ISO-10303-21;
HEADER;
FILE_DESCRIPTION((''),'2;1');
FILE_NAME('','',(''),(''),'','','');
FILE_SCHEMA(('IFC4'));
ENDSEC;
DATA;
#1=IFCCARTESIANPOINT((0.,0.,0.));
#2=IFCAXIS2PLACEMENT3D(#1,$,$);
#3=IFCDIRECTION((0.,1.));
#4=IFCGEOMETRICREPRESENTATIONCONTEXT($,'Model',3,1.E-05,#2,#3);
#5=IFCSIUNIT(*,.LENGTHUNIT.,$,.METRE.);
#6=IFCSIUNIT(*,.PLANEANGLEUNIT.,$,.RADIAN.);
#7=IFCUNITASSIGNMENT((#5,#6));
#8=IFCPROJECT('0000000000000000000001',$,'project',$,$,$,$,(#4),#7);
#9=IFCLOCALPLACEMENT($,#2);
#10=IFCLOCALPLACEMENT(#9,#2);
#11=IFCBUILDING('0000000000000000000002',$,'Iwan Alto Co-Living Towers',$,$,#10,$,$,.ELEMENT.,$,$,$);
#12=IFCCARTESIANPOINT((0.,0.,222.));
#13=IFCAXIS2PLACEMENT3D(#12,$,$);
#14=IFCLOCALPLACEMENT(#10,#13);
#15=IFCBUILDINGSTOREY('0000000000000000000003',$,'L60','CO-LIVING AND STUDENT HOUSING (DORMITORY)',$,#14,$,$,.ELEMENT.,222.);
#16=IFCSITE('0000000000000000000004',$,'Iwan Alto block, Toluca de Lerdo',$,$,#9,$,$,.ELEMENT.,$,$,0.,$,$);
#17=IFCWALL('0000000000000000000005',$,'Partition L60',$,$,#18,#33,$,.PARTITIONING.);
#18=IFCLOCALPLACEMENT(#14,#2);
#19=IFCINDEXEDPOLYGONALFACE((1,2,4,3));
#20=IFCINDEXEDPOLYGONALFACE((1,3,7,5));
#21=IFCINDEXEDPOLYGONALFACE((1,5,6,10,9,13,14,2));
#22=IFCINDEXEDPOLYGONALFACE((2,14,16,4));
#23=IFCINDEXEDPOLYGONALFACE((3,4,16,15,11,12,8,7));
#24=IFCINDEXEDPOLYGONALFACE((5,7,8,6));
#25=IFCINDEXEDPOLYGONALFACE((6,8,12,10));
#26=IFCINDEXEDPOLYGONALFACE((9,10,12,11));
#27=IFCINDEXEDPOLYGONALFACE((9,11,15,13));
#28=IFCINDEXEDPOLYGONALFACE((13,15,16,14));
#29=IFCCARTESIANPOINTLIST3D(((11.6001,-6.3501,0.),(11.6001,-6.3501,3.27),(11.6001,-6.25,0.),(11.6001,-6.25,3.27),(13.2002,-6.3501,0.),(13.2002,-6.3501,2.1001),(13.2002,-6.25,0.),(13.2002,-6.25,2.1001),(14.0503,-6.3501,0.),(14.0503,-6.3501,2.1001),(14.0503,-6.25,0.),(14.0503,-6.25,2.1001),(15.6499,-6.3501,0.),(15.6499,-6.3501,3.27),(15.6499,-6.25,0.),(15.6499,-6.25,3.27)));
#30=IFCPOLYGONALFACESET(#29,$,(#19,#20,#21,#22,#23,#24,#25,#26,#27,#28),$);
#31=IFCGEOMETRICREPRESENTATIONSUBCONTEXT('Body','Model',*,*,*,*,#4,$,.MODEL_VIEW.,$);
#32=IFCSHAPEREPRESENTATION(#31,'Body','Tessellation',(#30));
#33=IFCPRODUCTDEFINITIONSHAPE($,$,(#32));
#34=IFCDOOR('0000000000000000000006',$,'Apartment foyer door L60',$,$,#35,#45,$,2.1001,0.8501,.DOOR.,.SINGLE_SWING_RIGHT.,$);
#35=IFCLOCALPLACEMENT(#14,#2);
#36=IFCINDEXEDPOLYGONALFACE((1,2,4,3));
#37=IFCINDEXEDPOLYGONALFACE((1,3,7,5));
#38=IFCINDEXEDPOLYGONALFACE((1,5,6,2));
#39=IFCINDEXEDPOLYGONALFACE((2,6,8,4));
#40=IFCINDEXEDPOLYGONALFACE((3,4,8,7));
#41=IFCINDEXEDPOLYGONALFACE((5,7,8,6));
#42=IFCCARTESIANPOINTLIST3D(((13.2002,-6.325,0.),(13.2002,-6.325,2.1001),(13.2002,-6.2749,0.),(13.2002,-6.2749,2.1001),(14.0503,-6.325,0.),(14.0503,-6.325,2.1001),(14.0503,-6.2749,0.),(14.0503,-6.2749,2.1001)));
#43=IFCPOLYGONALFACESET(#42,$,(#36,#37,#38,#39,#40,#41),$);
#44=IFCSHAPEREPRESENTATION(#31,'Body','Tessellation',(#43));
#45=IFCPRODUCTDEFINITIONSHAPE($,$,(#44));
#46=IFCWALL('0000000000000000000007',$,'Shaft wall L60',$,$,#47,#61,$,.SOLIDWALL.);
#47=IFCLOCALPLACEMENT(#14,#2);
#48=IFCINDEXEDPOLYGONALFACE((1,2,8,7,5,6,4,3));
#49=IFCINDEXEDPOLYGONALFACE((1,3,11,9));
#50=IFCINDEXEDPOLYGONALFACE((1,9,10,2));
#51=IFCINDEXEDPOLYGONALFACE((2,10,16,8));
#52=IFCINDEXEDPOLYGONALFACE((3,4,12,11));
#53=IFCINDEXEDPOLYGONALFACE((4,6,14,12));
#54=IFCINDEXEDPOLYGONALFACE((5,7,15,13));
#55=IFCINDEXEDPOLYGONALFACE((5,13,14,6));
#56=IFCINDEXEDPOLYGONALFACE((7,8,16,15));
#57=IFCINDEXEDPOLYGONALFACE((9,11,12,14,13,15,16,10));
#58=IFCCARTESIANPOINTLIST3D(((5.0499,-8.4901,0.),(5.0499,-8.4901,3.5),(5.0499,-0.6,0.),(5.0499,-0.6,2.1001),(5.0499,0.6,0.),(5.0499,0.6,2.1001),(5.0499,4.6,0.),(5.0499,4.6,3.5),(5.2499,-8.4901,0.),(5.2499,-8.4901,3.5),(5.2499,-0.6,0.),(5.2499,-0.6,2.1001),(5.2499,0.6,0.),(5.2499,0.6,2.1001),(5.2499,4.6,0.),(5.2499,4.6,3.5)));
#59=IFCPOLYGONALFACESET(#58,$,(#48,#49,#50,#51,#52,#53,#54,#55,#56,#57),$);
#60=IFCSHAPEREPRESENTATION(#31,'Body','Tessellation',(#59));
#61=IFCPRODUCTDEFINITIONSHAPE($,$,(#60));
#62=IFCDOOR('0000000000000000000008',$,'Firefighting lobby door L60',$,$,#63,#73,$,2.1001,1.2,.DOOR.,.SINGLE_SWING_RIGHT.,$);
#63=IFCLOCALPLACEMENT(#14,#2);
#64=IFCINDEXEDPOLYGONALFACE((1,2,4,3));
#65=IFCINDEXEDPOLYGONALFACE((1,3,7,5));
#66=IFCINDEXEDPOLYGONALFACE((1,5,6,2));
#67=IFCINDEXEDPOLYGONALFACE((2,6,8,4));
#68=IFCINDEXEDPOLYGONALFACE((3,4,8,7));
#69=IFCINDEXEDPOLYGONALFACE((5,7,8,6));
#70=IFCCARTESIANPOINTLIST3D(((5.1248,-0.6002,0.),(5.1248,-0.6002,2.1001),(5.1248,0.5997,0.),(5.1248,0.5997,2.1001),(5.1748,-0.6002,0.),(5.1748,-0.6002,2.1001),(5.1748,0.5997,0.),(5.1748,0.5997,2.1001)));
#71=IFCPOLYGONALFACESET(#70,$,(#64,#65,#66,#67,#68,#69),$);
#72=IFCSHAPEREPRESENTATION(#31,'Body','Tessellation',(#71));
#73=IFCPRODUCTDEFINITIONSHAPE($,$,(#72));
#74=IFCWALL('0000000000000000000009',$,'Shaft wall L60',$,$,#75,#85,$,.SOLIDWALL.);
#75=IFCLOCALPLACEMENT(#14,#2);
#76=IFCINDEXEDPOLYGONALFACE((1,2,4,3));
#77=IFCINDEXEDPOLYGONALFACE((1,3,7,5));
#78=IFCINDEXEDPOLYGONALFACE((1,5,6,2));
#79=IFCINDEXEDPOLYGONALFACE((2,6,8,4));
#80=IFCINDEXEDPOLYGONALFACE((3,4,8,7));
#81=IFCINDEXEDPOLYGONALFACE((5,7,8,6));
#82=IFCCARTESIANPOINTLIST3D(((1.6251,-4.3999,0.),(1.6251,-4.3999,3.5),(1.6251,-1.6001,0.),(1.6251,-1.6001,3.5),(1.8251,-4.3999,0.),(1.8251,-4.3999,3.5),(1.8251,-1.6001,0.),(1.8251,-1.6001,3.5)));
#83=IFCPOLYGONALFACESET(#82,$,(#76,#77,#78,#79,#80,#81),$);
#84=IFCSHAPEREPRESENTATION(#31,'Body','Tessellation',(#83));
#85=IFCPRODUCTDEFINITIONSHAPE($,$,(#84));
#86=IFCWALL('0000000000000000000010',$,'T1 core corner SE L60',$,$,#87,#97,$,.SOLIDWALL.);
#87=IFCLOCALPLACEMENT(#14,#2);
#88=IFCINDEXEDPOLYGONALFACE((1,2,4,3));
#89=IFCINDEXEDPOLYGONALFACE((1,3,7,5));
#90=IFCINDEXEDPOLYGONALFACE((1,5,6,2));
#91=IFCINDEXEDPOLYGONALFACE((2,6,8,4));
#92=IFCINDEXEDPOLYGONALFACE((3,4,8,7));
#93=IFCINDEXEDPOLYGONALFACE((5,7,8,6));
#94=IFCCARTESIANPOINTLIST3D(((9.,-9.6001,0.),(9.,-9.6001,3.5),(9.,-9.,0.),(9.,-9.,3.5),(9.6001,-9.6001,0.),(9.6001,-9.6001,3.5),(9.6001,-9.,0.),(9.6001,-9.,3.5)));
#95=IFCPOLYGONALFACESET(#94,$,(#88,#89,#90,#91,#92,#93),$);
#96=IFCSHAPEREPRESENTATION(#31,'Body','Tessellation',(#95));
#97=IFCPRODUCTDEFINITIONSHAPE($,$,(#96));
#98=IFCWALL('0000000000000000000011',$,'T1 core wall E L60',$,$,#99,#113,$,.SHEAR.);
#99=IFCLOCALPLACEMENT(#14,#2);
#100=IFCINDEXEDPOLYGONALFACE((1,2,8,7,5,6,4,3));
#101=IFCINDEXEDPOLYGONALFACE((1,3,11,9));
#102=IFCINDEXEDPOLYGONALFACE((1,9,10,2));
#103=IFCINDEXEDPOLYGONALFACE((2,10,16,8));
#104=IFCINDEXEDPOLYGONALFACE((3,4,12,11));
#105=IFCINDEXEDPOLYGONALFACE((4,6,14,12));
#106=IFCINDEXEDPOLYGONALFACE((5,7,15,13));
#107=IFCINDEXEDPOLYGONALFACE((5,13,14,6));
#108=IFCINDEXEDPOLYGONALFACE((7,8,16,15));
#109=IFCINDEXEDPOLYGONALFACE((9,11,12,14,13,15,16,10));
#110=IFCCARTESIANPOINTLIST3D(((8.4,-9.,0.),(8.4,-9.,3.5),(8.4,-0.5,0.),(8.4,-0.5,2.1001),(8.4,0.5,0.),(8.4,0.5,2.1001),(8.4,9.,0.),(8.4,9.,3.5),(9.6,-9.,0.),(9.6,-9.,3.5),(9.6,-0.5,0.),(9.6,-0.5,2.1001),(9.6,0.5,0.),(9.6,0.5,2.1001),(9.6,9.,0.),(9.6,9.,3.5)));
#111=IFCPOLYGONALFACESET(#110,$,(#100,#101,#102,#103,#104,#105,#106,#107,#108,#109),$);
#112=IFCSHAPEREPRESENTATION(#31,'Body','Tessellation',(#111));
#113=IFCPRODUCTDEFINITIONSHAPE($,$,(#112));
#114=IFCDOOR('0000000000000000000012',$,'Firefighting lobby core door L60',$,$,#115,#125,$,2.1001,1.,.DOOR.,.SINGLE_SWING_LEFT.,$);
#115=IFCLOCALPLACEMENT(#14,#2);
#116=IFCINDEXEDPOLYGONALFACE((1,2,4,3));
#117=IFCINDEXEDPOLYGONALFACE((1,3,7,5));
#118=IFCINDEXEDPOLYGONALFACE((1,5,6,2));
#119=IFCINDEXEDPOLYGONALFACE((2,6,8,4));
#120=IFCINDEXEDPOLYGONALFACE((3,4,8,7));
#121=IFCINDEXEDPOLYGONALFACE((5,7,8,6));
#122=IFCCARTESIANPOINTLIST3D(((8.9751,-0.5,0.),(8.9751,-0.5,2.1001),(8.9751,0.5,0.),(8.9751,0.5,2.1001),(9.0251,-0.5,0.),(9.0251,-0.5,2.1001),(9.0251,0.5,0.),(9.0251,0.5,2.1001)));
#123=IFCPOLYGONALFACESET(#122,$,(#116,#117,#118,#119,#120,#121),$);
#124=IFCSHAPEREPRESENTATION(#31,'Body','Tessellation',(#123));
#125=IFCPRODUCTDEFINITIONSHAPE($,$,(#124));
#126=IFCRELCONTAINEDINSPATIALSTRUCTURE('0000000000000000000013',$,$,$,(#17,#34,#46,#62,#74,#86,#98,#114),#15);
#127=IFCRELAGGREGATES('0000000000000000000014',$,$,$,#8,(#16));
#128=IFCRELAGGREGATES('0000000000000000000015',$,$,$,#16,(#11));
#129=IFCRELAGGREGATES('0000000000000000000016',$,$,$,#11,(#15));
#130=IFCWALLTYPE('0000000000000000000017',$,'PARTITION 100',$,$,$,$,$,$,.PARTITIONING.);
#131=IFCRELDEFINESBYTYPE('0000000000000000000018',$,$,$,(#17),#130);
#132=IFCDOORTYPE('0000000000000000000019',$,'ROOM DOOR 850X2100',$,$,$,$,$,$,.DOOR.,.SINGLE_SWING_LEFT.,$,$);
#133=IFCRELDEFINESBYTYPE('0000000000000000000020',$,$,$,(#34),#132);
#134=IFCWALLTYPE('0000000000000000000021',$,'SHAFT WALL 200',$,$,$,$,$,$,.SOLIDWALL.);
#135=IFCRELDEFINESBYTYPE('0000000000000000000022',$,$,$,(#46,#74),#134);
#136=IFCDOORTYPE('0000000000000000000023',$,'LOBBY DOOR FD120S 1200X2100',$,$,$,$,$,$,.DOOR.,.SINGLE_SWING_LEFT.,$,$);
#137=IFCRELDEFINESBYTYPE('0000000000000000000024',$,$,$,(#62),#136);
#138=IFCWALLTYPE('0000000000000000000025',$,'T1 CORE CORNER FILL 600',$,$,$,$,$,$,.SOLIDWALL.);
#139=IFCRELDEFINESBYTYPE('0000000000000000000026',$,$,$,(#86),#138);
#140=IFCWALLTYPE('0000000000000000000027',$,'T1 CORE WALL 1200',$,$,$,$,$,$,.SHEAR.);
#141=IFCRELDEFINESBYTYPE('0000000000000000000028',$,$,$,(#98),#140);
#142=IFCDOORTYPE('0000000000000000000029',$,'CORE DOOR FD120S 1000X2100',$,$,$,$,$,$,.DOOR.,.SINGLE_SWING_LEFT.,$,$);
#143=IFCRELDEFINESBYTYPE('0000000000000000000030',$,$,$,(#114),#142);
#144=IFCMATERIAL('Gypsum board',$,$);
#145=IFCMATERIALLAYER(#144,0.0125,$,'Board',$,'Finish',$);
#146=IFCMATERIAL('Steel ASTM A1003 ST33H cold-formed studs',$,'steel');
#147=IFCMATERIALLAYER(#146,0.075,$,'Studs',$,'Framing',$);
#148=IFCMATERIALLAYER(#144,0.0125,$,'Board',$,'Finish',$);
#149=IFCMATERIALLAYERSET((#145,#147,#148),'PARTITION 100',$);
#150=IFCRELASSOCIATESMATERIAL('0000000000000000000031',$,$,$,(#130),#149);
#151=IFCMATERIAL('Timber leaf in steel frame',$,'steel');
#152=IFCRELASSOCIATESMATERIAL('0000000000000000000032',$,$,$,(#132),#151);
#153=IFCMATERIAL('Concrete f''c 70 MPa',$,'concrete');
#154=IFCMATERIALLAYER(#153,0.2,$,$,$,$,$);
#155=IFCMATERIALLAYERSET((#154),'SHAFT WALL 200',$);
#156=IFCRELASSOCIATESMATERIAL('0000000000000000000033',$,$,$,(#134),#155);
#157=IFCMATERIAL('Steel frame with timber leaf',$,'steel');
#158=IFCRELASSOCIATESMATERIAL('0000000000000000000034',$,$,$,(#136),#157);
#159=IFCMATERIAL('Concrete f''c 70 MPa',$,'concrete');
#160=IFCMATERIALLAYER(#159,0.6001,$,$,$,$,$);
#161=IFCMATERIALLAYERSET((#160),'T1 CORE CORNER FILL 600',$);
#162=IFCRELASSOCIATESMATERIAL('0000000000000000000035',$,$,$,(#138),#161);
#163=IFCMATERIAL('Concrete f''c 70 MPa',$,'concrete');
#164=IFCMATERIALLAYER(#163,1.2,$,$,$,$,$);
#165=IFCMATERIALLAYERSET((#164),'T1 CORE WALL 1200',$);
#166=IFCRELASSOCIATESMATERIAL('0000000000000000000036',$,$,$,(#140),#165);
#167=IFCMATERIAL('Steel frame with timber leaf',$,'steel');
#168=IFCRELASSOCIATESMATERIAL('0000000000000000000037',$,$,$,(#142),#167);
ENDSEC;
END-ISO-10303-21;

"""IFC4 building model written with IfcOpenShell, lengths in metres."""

from ifc_helpers import new_model, si_unit, direction, frame, frame_2d, origin, place, context, subcontext, project, spatial, rectangle, extrude, material, layer, layer_set, type_object, element, fill, save


model = new_model("IFC4")

# Units and contexts
model_context = context("Model", 3, precision=1e-05, world=origin(), true_north=direction((0.0, 1.0)))
body_context = subcontext(model_context, "Body", "Model", "MODEL_VIEW")
ifc_project = project(units=[si_unit("LENGTHUNIT", "METRE"), si_unit("PLANEANGLEUNIT", "RADIAN")], contexts=[model_context])

# Site, building, storey
site_placement = place(None, origin())
site = spatial("IfcSite", under=ifc_project, at=site_placement, Name="Iwan Alto block, Toluca de Lerdo", CompositionType="ELEMENT", RefElevation=0.0)
building_placement = place(site_placement, origin())
building = spatial("IfcBuilding", under=site, at=building_placement, Name="Iwan Alto Co-Living Towers", CompositionType="ELEMENT")
storey_placement = place(building_placement, frame((0.0, 0.0, 222.0)))
storey = spatial("IfcBuildingStorey", under=building, at=storey_placement, Name="L60", Description="CO-LIVING AND STUDENT HOUSING (DORMITORY)", CompositionType="ELEMENT", Elevation=222.0)

# Shared definitions
ifc_material_1 = material(Name="Gypsum board")
ifc_material_2 = material(Name="Steel ASTM A1003 ST33H cold-formed studs", Category="steel")

# Shared definitions
ifc_layer_1 = layer(ifc_material_1, 0.0125, Name="Board", Category="Finish")
ifc_layer_2 = layer(ifc_material_2, 0.075, Name="Studs", Category="Framing")
ifc_layer_3 = layer(ifc_material_1, 0.0125, Name="Board", Category="Finish")
ifc_layer_set_1 = layer_set([ifc_layer_1, ifc_layer_2, ifc_layer_3], Name="PARTITION 100")
wall_type_1 = type_object("IfcWallType", Name="PARTITION 100", PredefinedType="PARTITIONING", material=ifc_layer_set_1)

# Walls, openings, doors
wall_1_placement = place(storey_placement, frame((11.6001, -6.3, 0.0), z_axis=(0.0, 0.0, 1.0), x_axis=(1.0, 0.0, 0.0)))
wall_1 = element("IfcWall", 1, at=wall_1_placement, inside=storey, type_object=wall_type_1, Name="Partition L60", PredefinedType="PARTITIONING", context=body_context, shape_type="SweptSolid", body=[
    extrude(rectangle(XDim=4.0498, YDim=0.1001, at=frame_2d((2.0249, 0.0))), origin(), (0.0, 0.0, 1.0), 3.27),
])
opening_1_placement = place(wall_1_placement, frame((1.6001, 0.0, 0.0)))
opening_1 = element("IfcOpeningElement", 2, at=opening_1_placement, cuts=wall_1, PredefinedType="OPENING", context=body_context, shape_type="SweptSolid", body=[
    extrude(rectangle(XDim=0.8501, YDim=2.1001, at=frame_2d((0.425, 1.05))), frame((0.0, 0.0601, 0.0), z_axis=(0.0, -1.0, 0.0), x_axis=(1.0, 0.0, 0.0)), (0.0, 0.0, 1.0), 0.1201),
])
ifc_material_3 = material(Name="Timber leaf in steel frame", Category="steel")
door_type_1 = type_object("IfcDoorType", Name="ROOM DOOR 850X2100", OperationType="SINGLE_SWING_LEFT", PredefinedType="DOOR", material=ifc_material_3)
door_1_placement = place(opening_1_placement, frame((0.8501, 0.0, 0.0), z_axis=(0.0, 0.0, 1.0), x_axis=(-1.0, 0.0, 0.0)))
door_1 = element("IfcDoor", 3, at=door_1_placement, inside=storey, type_object=door_type_1, Name="Apartment foyer door L60", OperationType="SINGLE_SWING_RIGHT", OverallHeight=2.1001, OverallWidth=0.8501, PredefinedType="DOOR", context=body_context, shape_type="SweptSolid", body=[
    extrude(rectangle(XDim=0.8501, YDim=2.1001, at=frame_2d((0.425, 1.05))), frame((0.0, 0.0249, 0.0), z_axis=(0.0, -1.0, 0.0), x_axis=(1.0, 0.0, 0.0)), (0.0, 0.0, 1.0), 0.05),
])
fill(opening_1, door_1)
ifc_material_4 = material(Name="Concrete f'c 70 MPa", Category="concrete")
ifc_layer_4 = layer(ifc_material_4, 0.2)
ifc_layer_set_2 = layer_set([ifc_layer_4], Name="SHAFT WALL 200")
wall_type_2 = type_object("IfcWallType", Name="SHAFT WALL 200", PredefinedType="SOLIDWALL", material=ifc_layer_set_2)
wall_2_placement = place(storey_placement, frame((5.1499, -8.49, 0.0), z_axis=(0.0, 0.0, 1.0), x_axis=(0.0, 1.0, 0.0)))
wall_2 = element("IfcWall", 4, at=wall_2_placement, inside=storey, type_object=wall_type_2, Name="Shaft wall L60", PredefinedType="SOLIDWALL", context=body_context, shape_type="SweptSolid", body=[
    extrude(rectangle(XDim=13.0901, YDim=0.2, at=frame_2d((6.5449, 0.0))), origin(), (0.0, 0.0, 1.0), 3.5),
])
opening_2_placement = place(wall_2_placement, frame((7.8899, 0.0, 0.0)))
opening_2 = element("IfcOpeningElement", 5, at=opening_2_placement, cuts=wall_2, PredefinedType="OPENING", context=body_context, shape_type="SweptSolid", body=[
    extrude(rectangle(XDim=1.2, YDim=2.1001, at=frame_2d((0.6001, 1.05))), frame((0.0, 0.1099, 0.0), z_axis=(0.0, -1.0, 0.0), x_axis=(1.0, 0.0, 0.0)), (0.0, 0.0, 1.0), 0.22),
])
ifc_material_5 = material(Name="Steel frame with timber leaf", Category="steel")
door_type_2 = type_object("IfcDoorType", Name="LOBBY DOOR FD120S 1200X2100", OperationType="SINGLE_SWING_LEFT", PredefinedType="DOOR", material=ifc_material_5)
door_2_placement = place(opening_2_placement, frame((1.2, 0.0, 0.0), z_axis=(0.0, 0.0, 1.0), x_axis=(-1.0, 0.0, 0.0)))
door_2 = element("IfcDoor", 6, at=door_2_placement, inside=storey, type_object=door_type_2, Name="Firefighting lobby door L60", OperationType="SINGLE_SWING_RIGHT", OverallHeight=2.1001, OverallWidth=1.2, PredefinedType="DOOR", context=body_context, shape_type="SweptSolid", body=[
    extrude(rectangle(XDim=1.2, YDim=2.1001, at=frame_2d((0.6001, 1.05))), frame((0.0, 0.0249, 0.0), z_axis=(0.0, -1.0, 0.0), x_axis=(1.0, 0.0, 0.0)), (0.0, 0.0, 1.0), 0.05),
])
fill(opening_2, door_2)

# Walls
wall_3_placement = place(storey_placement, frame((1.7251, -4.3999, 0.0), z_axis=(0.0, 0.0, 1.0), x_axis=(0.0, 1.0, 0.0)))
element("IfcWall", 7, at=wall_3_placement, inside=storey, type_object=wall_type_2, Name="Shaft wall L60", PredefinedType="SOLIDWALL", context=body_context, shape_type="SweptSolid", body=[
    extrude(rectangle(XDim=2.7998, YDim=0.2, at=frame_2d((1.3999, 0.0))), origin(), (0.0, 0.0, 1.0), 3.5),
])
ifc_material_6 = material(Name="Concrete f'c 70 MPa", Category="concrete")
ifc_layer_5 = layer(ifc_material_6, 0.6001)
ifc_layer_set_3 = layer_set([ifc_layer_5], Name="T1 CORE CORNER FILL 600")
wall_type_3 = type_object("IfcWallType", Name="T1 CORE CORNER FILL 600", PredefinedType="SOLIDWALL", material=ifc_layer_set_3)
wall_4_placement = place(storey_placement, frame((9.0, -9.3, 0.0), z_axis=(0.0, 0.0, 1.0), x_axis=(1.0, 0.0, 0.0)))
element("IfcWall", 8, at=wall_4_placement, inside=storey, type_object=wall_type_3, Name="T1 core corner SE L60", PredefinedType="SOLIDWALL", context=body_context, shape_type="SweptSolid", body=[
    extrude(rectangle(XDim=0.6001, YDim=0.6001, at=frame_2d((0.3, 0.0))), origin(), (0.0, 0.0, 1.0), 3.5),
])

# Wall, opening, door
ifc_material_7 = material(Name="Concrete f'c 70 MPa", Category="concrete")
ifc_layer_6 = layer(ifc_material_7, 1.2)
ifc_layer_set_4 = layer_set([ifc_layer_6], Name="T1 CORE WALL 1200")
wall_type_4 = type_object("IfcWallType", Name="T1 CORE WALL 1200", PredefinedType="SHEAR", material=ifc_layer_set_4)
wall_5_placement = place(storey_placement, frame((9.0, -9.0, 0.0), z_axis=(0.0, 0.0, 1.0), x_axis=(0.0, 1.0, 0.0)))
wall_5 = element("IfcWall", 9, at=wall_5_placement, inside=storey, type_object=wall_type_4, Name="T1 core wall E L60", PredefinedType="SHEAR", context=body_context, shape_type="SweptSolid", body=[
    extrude(rectangle(XDim=18.0, YDim=1.2, at=frame_2d((9.0, 0.0))), origin(), (0.0, 0.0, 1.0), 3.5),
])
opening_3_placement = place(wall_5_placement, frame((8.5, 0.0, 0.0)))
opening_3 = element("IfcOpeningElement", 10, at=opening_3_placement, cuts=wall_5, PredefinedType="OPENING", context=body_context, shape_type="SweptSolid", body=[
    extrude(rectangle(XDim=1.0, YDim=2.1001, at=frame_2d((0.5, 1.05))), frame((0.0, 0.6099, 0.0), z_axis=(0.0, -1.0, 0.0), x_axis=(1.0, 0.0, 0.0)), (0.0, 0.0, 1.0), 1.22),
])
ifc_material_8 = material(Name="Steel frame with timber leaf", Category="steel")
door_type_3 = type_object("IfcDoorType", Name="CORE DOOR FD120S 1000X2100", OperationType="SINGLE_SWING_LEFT", PredefinedType="DOOR", material=ifc_material_8)
door_3_placement = place(opening_3_placement, origin())
door_3 = element("IfcDoor", 11, at=door_3_placement, inside=storey, type_object=door_type_3, Name="Firefighting lobby core door L60", OperationType="SINGLE_SWING_LEFT", OverallHeight=2.1001, OverallWidth=1.0, PredefinedType="DOOR", context=body_context, shape_type="SweptSolid", body=[
    extrude(rectangle(XDim=1.0, YDim=2.1001, at=frame_2d((0.5, 1.05))), frame((0.0, 0.0249, 0.0), z_axis=(0.0, -1.0, 0.0), x_axis=(1.0, 0.0, 0.0)), (0.0, 0.0, 1.0), 0.05),
])
fill(opening_3, door_3)

save(model, "model.ifc")
